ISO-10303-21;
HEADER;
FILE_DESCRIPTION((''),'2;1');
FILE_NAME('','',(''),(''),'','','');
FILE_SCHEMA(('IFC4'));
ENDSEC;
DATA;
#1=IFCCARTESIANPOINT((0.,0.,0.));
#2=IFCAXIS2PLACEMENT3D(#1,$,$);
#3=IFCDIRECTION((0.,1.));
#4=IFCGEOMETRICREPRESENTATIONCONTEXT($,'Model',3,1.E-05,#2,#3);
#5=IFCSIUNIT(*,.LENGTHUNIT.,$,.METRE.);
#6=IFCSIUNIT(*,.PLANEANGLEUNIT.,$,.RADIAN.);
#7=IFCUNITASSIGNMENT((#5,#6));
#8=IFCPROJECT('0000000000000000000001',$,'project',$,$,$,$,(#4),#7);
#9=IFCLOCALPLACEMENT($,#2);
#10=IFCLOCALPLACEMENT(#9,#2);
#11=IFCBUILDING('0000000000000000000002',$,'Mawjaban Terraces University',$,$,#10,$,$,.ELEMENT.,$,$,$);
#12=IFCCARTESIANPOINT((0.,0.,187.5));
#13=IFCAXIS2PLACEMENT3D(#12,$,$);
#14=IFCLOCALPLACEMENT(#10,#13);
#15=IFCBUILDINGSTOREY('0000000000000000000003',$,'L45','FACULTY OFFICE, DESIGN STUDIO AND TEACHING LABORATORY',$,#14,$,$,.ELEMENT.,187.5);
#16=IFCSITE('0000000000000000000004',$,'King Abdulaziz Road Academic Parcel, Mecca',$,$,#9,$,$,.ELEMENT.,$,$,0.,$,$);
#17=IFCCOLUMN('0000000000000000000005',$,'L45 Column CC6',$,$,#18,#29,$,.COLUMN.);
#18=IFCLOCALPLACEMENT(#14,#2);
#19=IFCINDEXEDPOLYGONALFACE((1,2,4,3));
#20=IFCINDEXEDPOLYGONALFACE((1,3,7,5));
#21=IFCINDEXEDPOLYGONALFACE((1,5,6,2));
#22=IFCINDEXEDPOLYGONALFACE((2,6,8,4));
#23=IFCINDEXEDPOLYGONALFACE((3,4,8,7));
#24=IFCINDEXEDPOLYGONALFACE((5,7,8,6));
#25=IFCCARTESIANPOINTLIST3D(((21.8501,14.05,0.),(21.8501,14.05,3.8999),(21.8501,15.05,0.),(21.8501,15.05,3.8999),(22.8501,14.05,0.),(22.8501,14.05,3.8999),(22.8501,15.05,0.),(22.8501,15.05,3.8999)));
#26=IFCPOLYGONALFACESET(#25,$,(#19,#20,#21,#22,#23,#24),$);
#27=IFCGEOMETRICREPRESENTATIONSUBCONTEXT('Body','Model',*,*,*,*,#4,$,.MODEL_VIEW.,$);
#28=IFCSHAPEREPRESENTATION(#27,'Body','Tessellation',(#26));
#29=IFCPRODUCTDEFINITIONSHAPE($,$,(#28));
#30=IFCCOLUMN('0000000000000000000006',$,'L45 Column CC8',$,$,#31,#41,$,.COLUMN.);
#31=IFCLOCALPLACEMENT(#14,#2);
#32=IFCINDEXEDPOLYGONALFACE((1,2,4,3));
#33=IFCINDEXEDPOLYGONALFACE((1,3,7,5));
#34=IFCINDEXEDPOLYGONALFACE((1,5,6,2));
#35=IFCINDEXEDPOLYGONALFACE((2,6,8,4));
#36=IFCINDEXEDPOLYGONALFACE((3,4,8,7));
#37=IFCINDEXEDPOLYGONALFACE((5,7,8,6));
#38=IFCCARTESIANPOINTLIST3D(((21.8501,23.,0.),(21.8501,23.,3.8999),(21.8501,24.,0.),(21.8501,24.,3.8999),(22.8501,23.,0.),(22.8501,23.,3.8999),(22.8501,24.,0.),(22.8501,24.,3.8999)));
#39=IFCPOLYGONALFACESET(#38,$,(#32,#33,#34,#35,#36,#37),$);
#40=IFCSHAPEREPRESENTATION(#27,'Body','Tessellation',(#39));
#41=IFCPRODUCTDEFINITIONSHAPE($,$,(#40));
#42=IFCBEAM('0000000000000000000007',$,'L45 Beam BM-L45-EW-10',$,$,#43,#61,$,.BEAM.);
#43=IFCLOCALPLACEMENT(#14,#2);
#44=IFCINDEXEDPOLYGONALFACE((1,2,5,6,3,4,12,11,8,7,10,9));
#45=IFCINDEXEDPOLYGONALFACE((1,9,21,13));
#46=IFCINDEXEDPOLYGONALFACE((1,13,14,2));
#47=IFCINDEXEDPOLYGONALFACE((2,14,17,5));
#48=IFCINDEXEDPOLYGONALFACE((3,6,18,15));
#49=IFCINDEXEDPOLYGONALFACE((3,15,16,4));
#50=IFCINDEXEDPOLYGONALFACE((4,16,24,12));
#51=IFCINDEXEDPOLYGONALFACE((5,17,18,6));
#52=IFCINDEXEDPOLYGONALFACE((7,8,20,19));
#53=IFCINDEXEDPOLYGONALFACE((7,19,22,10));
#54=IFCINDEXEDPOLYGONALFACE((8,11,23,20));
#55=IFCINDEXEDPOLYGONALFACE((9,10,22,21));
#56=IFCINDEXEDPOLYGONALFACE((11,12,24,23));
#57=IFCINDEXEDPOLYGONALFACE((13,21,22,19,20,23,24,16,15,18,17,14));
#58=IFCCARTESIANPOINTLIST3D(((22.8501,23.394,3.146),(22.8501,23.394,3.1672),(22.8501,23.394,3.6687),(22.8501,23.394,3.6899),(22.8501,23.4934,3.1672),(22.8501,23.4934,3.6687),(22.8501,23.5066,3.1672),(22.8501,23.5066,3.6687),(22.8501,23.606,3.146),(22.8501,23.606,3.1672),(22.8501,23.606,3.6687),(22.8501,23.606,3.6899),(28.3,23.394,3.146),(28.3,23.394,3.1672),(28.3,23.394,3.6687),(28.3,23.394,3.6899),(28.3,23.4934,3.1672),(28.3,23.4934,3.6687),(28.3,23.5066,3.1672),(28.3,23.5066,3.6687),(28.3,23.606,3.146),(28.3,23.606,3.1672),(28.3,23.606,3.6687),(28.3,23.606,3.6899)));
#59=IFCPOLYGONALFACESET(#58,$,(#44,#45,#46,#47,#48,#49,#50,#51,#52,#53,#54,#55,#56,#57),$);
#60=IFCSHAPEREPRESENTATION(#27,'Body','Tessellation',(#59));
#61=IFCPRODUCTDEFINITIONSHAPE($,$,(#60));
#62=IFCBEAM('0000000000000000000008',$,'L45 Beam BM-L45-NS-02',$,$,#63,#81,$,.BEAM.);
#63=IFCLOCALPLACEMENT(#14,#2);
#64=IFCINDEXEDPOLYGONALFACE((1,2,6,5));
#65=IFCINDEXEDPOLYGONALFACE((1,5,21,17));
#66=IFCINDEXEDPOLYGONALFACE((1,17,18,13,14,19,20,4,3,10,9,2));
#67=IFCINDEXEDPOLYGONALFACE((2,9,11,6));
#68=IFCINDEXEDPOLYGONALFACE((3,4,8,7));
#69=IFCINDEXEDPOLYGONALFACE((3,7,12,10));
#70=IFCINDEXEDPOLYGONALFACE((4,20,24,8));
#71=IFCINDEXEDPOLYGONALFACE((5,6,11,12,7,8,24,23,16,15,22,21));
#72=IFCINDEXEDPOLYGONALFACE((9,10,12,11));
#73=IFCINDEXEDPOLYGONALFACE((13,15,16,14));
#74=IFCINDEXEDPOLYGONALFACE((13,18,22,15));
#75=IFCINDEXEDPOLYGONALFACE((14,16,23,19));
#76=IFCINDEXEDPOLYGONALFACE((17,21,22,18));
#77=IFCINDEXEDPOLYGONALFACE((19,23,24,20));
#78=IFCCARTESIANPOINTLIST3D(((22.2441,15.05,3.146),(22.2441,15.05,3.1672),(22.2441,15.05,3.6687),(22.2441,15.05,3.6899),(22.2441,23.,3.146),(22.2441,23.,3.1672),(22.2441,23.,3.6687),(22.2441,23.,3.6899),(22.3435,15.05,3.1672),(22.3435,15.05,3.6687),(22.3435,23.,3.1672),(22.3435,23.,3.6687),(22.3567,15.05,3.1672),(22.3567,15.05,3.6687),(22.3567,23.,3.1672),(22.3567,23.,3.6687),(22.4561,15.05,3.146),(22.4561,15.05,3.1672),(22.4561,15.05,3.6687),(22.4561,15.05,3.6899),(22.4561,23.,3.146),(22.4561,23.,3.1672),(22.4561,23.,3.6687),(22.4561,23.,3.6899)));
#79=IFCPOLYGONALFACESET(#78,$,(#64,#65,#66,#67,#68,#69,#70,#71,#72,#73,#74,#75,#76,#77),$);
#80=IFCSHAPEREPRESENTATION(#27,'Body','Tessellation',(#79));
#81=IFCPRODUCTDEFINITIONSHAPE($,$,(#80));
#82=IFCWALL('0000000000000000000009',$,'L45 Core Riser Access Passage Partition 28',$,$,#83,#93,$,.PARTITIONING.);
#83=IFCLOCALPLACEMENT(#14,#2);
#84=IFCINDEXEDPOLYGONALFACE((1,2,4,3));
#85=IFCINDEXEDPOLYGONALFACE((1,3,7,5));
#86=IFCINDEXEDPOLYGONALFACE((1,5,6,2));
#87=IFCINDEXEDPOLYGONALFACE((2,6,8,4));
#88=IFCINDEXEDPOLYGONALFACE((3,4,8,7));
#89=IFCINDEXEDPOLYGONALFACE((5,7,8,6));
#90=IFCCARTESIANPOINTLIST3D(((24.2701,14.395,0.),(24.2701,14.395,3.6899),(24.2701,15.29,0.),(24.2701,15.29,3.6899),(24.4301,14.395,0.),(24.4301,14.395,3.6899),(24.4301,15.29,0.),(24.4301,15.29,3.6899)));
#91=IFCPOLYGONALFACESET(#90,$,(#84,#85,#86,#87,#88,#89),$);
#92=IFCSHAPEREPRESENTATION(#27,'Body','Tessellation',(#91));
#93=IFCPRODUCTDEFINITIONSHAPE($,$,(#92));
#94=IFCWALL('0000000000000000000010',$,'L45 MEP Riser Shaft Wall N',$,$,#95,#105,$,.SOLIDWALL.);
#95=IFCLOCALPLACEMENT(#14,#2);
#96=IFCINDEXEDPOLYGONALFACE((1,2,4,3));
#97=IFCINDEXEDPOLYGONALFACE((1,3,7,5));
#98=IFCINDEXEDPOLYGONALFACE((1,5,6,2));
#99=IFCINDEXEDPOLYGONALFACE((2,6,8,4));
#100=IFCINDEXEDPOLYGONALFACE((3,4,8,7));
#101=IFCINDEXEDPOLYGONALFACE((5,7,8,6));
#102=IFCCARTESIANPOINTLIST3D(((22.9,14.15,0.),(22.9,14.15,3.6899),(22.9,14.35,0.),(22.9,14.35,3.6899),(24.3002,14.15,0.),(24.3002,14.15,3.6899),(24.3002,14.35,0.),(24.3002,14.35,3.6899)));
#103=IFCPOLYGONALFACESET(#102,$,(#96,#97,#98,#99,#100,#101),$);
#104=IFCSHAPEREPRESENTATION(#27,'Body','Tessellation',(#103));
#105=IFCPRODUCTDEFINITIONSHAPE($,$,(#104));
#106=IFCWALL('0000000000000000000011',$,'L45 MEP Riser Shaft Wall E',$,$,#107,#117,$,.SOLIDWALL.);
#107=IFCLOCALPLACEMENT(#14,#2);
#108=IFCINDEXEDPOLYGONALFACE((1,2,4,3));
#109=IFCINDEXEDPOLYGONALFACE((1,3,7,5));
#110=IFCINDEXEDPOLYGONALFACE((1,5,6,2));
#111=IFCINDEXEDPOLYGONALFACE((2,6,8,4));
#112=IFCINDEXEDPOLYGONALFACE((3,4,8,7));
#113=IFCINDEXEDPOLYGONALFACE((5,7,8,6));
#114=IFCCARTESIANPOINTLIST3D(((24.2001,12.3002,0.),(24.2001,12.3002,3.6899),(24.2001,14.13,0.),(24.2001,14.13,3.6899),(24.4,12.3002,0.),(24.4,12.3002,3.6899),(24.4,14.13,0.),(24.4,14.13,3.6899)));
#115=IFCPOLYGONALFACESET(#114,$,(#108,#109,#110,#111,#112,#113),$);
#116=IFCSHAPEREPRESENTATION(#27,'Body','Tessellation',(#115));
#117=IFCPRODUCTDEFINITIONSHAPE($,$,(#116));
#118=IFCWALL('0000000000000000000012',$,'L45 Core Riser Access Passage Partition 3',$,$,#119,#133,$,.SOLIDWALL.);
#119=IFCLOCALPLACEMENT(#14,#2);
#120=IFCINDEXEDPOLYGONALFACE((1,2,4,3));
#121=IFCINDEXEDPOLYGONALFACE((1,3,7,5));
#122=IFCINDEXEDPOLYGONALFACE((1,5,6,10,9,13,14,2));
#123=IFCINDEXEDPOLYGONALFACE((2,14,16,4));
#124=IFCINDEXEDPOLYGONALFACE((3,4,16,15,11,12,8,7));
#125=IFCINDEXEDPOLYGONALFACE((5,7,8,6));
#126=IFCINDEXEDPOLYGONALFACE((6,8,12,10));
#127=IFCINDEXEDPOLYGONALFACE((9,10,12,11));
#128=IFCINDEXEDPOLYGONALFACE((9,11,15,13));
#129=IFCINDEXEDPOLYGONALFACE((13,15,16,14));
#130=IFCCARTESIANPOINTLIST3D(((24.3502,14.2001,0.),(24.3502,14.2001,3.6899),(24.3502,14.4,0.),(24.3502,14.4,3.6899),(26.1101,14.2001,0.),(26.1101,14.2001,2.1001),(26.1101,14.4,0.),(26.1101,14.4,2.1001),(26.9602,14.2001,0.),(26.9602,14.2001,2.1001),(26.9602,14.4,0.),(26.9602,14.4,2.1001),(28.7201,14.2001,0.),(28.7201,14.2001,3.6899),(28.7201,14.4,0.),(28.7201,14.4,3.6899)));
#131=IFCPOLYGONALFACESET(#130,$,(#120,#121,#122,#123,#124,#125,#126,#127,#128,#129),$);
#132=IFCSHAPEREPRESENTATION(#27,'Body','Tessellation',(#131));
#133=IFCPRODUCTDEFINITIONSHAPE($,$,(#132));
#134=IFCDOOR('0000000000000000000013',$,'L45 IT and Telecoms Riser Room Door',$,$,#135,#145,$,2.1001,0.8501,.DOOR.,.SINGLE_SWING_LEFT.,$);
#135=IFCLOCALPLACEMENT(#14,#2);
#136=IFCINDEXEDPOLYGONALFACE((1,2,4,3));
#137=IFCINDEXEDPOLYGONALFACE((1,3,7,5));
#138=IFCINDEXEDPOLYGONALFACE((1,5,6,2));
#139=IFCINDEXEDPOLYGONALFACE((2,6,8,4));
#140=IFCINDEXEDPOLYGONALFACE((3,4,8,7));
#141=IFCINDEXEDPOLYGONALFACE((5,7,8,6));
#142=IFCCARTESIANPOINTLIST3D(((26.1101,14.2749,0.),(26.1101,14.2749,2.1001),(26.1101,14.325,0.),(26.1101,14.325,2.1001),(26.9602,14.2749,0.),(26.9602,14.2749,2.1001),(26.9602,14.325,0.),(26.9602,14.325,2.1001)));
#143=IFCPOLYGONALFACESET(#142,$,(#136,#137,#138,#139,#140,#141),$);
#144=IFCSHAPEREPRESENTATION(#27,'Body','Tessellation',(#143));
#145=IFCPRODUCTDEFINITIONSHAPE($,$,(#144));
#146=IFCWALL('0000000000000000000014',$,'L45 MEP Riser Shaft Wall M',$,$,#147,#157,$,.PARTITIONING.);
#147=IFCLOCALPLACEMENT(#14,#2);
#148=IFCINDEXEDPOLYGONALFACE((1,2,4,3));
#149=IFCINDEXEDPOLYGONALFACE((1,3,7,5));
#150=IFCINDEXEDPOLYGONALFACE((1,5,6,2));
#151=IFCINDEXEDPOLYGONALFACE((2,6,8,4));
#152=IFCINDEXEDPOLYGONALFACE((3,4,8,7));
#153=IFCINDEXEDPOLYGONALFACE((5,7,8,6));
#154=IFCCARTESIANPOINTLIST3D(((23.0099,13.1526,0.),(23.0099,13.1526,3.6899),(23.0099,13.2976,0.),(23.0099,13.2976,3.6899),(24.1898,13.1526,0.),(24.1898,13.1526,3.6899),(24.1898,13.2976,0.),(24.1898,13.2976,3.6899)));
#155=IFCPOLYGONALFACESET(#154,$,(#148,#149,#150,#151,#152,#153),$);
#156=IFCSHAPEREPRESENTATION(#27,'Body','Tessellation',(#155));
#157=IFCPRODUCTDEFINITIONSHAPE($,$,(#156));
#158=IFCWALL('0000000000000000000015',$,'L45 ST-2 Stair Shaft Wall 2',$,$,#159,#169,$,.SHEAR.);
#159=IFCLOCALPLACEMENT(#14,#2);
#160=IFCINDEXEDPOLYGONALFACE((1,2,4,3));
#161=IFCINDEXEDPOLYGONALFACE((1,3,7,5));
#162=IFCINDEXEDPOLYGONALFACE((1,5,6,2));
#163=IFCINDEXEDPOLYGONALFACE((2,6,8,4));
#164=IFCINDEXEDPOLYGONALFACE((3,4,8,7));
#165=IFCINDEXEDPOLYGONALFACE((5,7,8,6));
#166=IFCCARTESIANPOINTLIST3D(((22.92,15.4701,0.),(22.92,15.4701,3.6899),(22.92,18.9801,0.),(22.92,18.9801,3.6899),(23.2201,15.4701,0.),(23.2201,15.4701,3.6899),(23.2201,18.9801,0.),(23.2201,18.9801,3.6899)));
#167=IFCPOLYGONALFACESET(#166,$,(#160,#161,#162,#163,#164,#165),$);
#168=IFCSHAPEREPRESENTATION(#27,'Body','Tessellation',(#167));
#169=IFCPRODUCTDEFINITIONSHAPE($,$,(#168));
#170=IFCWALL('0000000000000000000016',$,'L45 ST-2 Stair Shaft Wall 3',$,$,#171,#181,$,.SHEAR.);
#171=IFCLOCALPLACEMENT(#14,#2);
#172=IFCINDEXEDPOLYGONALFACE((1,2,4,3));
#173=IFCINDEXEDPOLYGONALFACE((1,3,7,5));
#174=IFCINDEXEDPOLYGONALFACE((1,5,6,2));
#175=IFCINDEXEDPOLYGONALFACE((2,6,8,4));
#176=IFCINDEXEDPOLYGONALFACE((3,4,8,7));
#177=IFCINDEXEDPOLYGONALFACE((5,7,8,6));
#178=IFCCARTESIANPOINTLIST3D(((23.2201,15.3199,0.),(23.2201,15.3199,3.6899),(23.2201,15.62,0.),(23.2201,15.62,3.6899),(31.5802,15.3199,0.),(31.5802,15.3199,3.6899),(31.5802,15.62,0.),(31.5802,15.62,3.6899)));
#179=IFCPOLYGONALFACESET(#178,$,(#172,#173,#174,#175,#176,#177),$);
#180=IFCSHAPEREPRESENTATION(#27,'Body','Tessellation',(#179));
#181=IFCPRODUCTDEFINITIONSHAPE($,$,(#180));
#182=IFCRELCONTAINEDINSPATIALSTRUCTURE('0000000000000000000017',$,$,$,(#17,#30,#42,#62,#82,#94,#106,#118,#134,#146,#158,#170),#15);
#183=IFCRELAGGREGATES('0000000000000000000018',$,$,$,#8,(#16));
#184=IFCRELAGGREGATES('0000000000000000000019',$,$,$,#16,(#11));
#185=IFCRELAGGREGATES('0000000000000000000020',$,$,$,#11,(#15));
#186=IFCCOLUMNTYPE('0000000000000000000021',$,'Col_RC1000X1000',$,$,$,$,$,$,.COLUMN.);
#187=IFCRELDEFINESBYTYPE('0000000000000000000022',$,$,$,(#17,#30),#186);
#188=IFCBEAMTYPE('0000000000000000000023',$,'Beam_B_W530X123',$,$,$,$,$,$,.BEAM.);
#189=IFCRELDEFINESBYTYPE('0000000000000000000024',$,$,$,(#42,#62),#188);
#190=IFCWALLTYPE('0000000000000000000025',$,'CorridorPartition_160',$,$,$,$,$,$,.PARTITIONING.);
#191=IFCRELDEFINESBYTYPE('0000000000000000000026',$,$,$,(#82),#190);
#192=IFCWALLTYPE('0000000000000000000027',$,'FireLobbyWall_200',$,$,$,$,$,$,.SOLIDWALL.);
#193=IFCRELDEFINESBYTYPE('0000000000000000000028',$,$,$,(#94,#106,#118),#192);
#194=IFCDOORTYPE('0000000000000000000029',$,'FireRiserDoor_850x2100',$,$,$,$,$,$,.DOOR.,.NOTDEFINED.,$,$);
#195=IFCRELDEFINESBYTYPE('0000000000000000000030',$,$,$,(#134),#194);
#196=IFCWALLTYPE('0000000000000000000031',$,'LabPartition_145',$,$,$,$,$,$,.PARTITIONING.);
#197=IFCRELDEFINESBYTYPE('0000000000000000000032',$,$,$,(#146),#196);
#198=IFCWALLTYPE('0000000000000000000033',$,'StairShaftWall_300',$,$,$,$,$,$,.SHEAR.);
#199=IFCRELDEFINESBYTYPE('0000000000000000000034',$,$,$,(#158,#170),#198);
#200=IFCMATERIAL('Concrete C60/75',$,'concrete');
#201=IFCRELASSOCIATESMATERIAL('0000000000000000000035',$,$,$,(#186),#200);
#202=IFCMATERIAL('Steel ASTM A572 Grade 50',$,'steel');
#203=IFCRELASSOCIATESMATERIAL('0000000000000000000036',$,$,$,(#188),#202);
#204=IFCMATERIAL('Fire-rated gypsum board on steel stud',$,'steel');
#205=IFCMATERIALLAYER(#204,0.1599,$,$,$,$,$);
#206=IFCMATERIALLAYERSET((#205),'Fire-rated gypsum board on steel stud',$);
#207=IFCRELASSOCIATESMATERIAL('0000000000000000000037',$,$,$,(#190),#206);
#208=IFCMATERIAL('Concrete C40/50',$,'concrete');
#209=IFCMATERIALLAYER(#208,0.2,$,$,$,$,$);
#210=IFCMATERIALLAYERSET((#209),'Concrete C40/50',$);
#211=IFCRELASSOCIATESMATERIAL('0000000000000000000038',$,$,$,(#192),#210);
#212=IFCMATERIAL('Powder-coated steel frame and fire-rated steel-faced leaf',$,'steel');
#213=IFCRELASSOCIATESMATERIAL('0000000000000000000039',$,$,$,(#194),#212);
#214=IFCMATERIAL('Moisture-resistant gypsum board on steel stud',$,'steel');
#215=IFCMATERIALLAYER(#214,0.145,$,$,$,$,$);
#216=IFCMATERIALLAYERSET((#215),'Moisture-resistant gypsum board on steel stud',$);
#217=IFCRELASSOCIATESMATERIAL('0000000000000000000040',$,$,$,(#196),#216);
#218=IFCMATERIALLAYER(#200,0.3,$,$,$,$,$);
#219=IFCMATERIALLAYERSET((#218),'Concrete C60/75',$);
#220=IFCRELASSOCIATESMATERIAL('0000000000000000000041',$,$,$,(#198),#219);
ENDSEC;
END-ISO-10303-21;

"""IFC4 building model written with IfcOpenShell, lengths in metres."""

from ifc_helpers import new_model, si_unit, direction, frame, frame_2d, origin, origin_2d, place, context, subcontext, project, spatial, rectangle, i_section, extrude, material, layer, layer_set, material_profile, profile_set, type_object, element, fill, save


model = new_model("IFC4")

# Units and contexts
model_context = context("Model", 3, precision=1e-05, world=origin(), true_north=direction((0.0, 1.0)))
body_context = subcontext(model_context, "Body", "Model", "MODEL_VIEW")
ifc_project = project(units=[si_unit("LENGTHUNIT", "METRE"), si_unit("PLANEANGLEUNIT", "RADIAN")], contexts=[model_context])

# Site, building, storey
site_placement = place(None, origin())
site = spatial("IfcSite", under=ifc_project, at=site_placement, Name="King Abdulaziz Road Academic Parcel, Mecca", CompositionType="ELEMENT", RefElevation=0.0)
building_placement = place(site_placement, origin())
building = spatial("IfcBuilding", under=site, at=building_placement, Name="Mawjaban Terraces University", CompositionType="ELEMENT")
storey_placement = place(building_placement, frame((0.0, 0.0, 187.5)))
storey = spatial("IfcBuildingStorey", under=building, at=storey_placement, Name="L45", Description="FACULTY OFFICE, DESIGN STUDIO AND TEACHING LABORATORY", CompositionType="ELEMENT", Elevation=187.5)

# Columns
ifc_material_1 = material(Name="Concrete C60/75", Category="concrete")
ifc_material_profile_1 = material_profile(ifc_material_1, rectangle(XDim=1.0, YDim=1.0, at=origin_2d()), Name="RC1000X1000")
ifc_profile_set_1 = profile_set([ifc_material_profile_1], Name="Concrete C60/75")
column_type = type_object("IfcColumnType", Name="Col_RC1000X1000", PredefinedType="COLUMN", material=ifc_profile_set_1)
for number, where, z_axis, x_axis, name in (
    (1, (22.3501, 14.55, 0.0), (0.0, 0.0, 1.0), (1.0, 0.0, 0.0), "L45 Column CC6"),
    (2, (22.3501, 23.5, 0.0), (0.0, 0.0, 1.0), (1.0, 0.0, 0.0), "L45 Column CC8"),
):
    element("IfcColumn", number, at=place(storey_placement, frame(where, z_axis=z_axis, x_axis=x_axis)), inside=storey, type_object=column_type, Name=name, PredefinedType="COLUMN", context=body_context, shape_type="SweptSolid", body=[
        extrude(rectangle(XDim=1.0, YDim=1.0, at=origin_2d()), origin(), (0.0, 0.0, 1.0), 3.8999),
    ])

# Beams
ifc_material_2 = material(Name="Steel ASTM A572 Grade 50", Category="steel")
ifc_material_profile_2 = material_profile(ifc_material_2, i_section(OverallWidth=0.2119, OverallDepth=0.5439, WebThickness=0.0132, FlangeThickness=0.0212, at=origin_2d()), Name="W530X123")
ifc_profile_set_2 = profile_set([ifc_material_profile_2], Name="Steel ASTM A572 Grade 50")
beam_type = type_object("IfcBeamType", Name="Beam_B_W530X123", PredefinedType="BEAM", material=ifc_profile_set_2)
beam_1_placement = place(storey_placement, frame((22.8501, 23.5, 3.418), z_axis=(1.0, 0.0, 0.0), x_axis=(0.0, 1.0, 0.0)))
element("IfcBeam", 3, at=beam_1_placement, inside=storey, type_object=beam_type, Name="L45 Beam BM-L45-EW-10", PredefinedType="BEAM", context=body_context, shape_type="SweptSolid", body=[
    extrude(i_section(OverallWidth=0.2119, OverallDepth=0.5439, WebThickness=0.0132, FlangeThickness=0.0212, at=origin_2d()), origin(), (0.0, 0.0, 1.0), 5.45),
])
beam_2_placement = place(storey_placement, frame((22.3501, 15.05, 3.418), z_axis=(0.0, 1.0, 0.0), x_axis=(-1.0, 0.0, 0.0)))
element("IfcBeam", 4, at=beam_2_placement, inside=storey, type_object=beam_type, Name="L45 Beam BM-L45-NS-02", PredefinedType="BEAM", context=body_context, shape_type="SweptSolid", body=[
    extrude(i_section(OverallWidth=0.2119, OverallDepth=0.5439, WebThickness=0.0132, FlangeThickness=0.0212, at=origin_2d()), origin(), (0.0, 0.0, 1.0), 7.95),
])

# Walls
ifc_material_3 = material(Name="Fire-rated gypsum board on steel stud", Category="steel")
ifc_layer_1 = layer(ifc_material_3, 0.1599)
ifc_layer_set_1 = layer_set([ifc_layer_1], Name="Fire-rated gypsum board on steel stud")
wall_type_1 = type_object("IfcWallType", Name="CorridorPartition_160", PredefinedType="PARTITIONING", material=ifc_layer_set_1)
wall_1_placement = place(storey_placement, frame((24.3501, 15.29, 0.0), z_axis=(0.0, 0.0, 1.0), x_axis=(0.0, -1.0, 0.0)))
element("IfcWall", 5, at=wall_1_placement, inside=storey, type_object=wall_type_1, Name="L45 Core Riser Access Passage Partition 28", PredefinedType="PARTITIONING", context=body_context, shape_type="SweptSolid", body=[
    extrude(rectangle(XDim=0.895, YDim=0.1599, at=frame_2d((0.4475, 0.0))), origin(), (0.0, 0.0, 1.0), 3.6899),
])
ifc_material_4 = material(Name="Concrete C40/50", Category="concrete")
ifc_layer_2 = layer(ifc_material_4, 0.2)
ifc_layer_set_2 = layer_set([ifc_layer_2], Name="Concrete C40/50")
wall_type_2 = type_object("IfcWallType", Name="FireLobbyWall_200", PredefinedType="SOLIDWALL", material=ifc_layer_set_2)
wall_2_placement = place(storey_placement, frame((22.8999, 14.25, 0.0), z_axis=(0.0, 0.0, 1.0), x_axis=(1.0, 0.0, 0.0)))
element("IfcWall", 6, at=wall_2_placement, inside=storey, type_object=wall_type_2, Name="L45 MEP Riser Shaft Wall N", PredefinedType="SOLIDWALL", context=body_context, shape_type="SweptSolid", body=[
    extrude(rectangle(XDim=1.4001, YDim=0.2, at=frame_2d((0.7002, 0.0))), origin(), (0.0, 0.0, 1.0), 3.6899),
])
wall_3_placement = place(storey_placement, frame((24.3, 12.3, 0.0), z_axis=(0.0, 0.0, 1.0), x_axis=(0.0, 1.0, 0.0)))
element("IfcWall", 7, at=wall_3_placement, inside=storey, type_object=wall_type_2, Name="L45 MEP Riser Shaft Wall E", PredefinedType="SOLIDWALL", context=body_context, shape_type="SweptSolid", body=[
    extrude(rectangle(XDim=1.8298, YDim=0.2, at=frame_2d((0.915, 0.0))), origin(), (0.0, 0.0, 1.0), 3.6899),
])

# Wall, opening, door
wall_4_placement = place(storey_placement, frame((24.3501, 14.3, 0.0), z_axis=(0.0, 0.0, 1.0), x_axis=(1.0, 0.0, 0.0)))
wall_4 = element("IfcWall", 8, at=wall_4_placement, inside=storey, type_object=wall_type_2, Name="L45 Core Riser Access Passage Partition 3", PredefinedType="SOLIDWALL", context=body_context, shape_type="SweptSolid", body=[
    extrude(rectangle(XDim=4.3699, YDim=0.2, at=frame_2d((2.1851, 0.0))), origin(), (0.0, 0.0, 1.0), 3.6899),
])
opening_placement = place(wall_4_placement, frame((1.76, 0.0, 0.0)))
opening = element("IfcOpeningElement", 9, at=opening_placement, cuts=wall_4, PredefinedType="OPENING", context=body_context, shape_type="SweptSolid", body=[
    extrude(rectangle(XDim=0.8501, YDim=2.1001, at=frame_2d((0.425, 1.05))), frame((0.0, 0.1099, 0.0), z_axis=(0.0, -1.0, 0.0), x_axis=(1.0, 0.0, 0.0)), (0.0, 0.0, 1.0), 0.22),
])
ifc_material_5 = material(Name="Powder-coated steel frame and fire-rated steel-faced leaf", Category="steel")
door_type = type_object("IfcDoorType", Name="FireRiserDoor_850x2100", OperationType="NOTDEFINED", PredefinedType="DOOR", material=ifc_material_5)
door_placement = place(opening_placement, origin())
door = element("IfcDoor", 10, at=door_placement, inside=storey, type_object=door_type, Name="L45 IT and Telecoms Riser Room Door", OperationType="SINGLE_SWING_LEFT", OverallHeight=2.1001, OverallWidth=0.8501, PredefinedType="DOOR", context=body_context, shape_type="SweptSolid", body=[
    extrude(rectangle(XDim=0.8501, YDim=2.1001, at=frame_2d((0.425, 1.05))), frame((0.0, 0.0249, 0.0), z_axis=(0.0, -1.0, 0.0), x_axis=(1.0, 0.0, 0.0)), (0.0, 0.0, 1.0), 0.05),
])
fill(opening, door)

# Walls
ifc_material_6 = material(Name="Moisture-resistant gypsum board on steel stud", Category="steel")
ifc_layer_3 = layer(ifc_material_6, 0.145)
ifc_layer_set_3 = layer_set([ifc_layer_3], Name="Moisture-resistant gypsum board on steel stud")
wall_type_3 = type_object("IfcWallType", Name="LabPartition_145", PredefinedType="PARTITIONING", material=ifc_layer_set_3)
wall_5_placement = place(storey_placement, frame((23.01, 13.2251, 0.0), z_axis=(0.0, 0.0, 1.0), x_axis=(1.0, 0.0, 0.0)))
element("IfcWall", 11, at=wall_5_placement, inside=storey, type_object=wall_type_3, Name="L45 MEP Riser Shaft Wall M", PredefinedType="PARTITIONING", context=body_context, shape_type="SweptSolid", body=[
    extrude(rectangle(XDim=1.1799, YDim=0.145, at=frame_2d((0.5898, 0.0))), origin(), (0.0, 0.0, 1.0), 3.6899),
])
ifc_layer_4 = layer(ifc_material_1, 0.3)
ifc_layer_set_4 = layer_set([ifc_layer_4], Name="Concrete C60/75")
wall_type_4 = type_object("IfcWallType", Name="StairShaftWall_300", PredefinedType="SHEAR", material=ifc_layer_set_4)
wall_6_placement = place(storey_placement, frame((23.0701, 18.98, 0.0), z_axis=(0.0, 0.0, 1.0), x_axis=(0.0, -1.0, 0.0)))
element("IfcWall", 12, at=wall_6_placement, inside=storey, type_object=wall_type_4, Name="L45 ST-2 Stair Shaft Wall 2", PredefinedType="SHEAR", context=body_context, shape_type="SweptSolid", body=[
    extrude(rectangle(XDim=3.51, YDim=0.3, at=frame_2d((1.7549, 0.0))), origin(), (0.0, 0.0, 1.0), 3.6899),
])
wall_7_placement = place(storey_placement, frame((23.22, 15.47, 0.0), z_axis=(0.0, 0.0, 1.0), x_axis=(1.0, 0.0, 0.0)))
element("IfcWall", 13, at=wall_7_placement, inside=storey, type_object=wall_type_4, Name="L45 ST-2 Stair Shaft Wall 3", PredefinedType="SHEAR", context=body_context, shape_type="SweptSolid", body=[
    extrude(rectangle(XDim=8.3601, YDim=0.3, at=frame_2d((4.1802, 0.0))), origin(), (0.0, 0.0, 1.0), 3.6899),
])

save(model, "model.ifc")
